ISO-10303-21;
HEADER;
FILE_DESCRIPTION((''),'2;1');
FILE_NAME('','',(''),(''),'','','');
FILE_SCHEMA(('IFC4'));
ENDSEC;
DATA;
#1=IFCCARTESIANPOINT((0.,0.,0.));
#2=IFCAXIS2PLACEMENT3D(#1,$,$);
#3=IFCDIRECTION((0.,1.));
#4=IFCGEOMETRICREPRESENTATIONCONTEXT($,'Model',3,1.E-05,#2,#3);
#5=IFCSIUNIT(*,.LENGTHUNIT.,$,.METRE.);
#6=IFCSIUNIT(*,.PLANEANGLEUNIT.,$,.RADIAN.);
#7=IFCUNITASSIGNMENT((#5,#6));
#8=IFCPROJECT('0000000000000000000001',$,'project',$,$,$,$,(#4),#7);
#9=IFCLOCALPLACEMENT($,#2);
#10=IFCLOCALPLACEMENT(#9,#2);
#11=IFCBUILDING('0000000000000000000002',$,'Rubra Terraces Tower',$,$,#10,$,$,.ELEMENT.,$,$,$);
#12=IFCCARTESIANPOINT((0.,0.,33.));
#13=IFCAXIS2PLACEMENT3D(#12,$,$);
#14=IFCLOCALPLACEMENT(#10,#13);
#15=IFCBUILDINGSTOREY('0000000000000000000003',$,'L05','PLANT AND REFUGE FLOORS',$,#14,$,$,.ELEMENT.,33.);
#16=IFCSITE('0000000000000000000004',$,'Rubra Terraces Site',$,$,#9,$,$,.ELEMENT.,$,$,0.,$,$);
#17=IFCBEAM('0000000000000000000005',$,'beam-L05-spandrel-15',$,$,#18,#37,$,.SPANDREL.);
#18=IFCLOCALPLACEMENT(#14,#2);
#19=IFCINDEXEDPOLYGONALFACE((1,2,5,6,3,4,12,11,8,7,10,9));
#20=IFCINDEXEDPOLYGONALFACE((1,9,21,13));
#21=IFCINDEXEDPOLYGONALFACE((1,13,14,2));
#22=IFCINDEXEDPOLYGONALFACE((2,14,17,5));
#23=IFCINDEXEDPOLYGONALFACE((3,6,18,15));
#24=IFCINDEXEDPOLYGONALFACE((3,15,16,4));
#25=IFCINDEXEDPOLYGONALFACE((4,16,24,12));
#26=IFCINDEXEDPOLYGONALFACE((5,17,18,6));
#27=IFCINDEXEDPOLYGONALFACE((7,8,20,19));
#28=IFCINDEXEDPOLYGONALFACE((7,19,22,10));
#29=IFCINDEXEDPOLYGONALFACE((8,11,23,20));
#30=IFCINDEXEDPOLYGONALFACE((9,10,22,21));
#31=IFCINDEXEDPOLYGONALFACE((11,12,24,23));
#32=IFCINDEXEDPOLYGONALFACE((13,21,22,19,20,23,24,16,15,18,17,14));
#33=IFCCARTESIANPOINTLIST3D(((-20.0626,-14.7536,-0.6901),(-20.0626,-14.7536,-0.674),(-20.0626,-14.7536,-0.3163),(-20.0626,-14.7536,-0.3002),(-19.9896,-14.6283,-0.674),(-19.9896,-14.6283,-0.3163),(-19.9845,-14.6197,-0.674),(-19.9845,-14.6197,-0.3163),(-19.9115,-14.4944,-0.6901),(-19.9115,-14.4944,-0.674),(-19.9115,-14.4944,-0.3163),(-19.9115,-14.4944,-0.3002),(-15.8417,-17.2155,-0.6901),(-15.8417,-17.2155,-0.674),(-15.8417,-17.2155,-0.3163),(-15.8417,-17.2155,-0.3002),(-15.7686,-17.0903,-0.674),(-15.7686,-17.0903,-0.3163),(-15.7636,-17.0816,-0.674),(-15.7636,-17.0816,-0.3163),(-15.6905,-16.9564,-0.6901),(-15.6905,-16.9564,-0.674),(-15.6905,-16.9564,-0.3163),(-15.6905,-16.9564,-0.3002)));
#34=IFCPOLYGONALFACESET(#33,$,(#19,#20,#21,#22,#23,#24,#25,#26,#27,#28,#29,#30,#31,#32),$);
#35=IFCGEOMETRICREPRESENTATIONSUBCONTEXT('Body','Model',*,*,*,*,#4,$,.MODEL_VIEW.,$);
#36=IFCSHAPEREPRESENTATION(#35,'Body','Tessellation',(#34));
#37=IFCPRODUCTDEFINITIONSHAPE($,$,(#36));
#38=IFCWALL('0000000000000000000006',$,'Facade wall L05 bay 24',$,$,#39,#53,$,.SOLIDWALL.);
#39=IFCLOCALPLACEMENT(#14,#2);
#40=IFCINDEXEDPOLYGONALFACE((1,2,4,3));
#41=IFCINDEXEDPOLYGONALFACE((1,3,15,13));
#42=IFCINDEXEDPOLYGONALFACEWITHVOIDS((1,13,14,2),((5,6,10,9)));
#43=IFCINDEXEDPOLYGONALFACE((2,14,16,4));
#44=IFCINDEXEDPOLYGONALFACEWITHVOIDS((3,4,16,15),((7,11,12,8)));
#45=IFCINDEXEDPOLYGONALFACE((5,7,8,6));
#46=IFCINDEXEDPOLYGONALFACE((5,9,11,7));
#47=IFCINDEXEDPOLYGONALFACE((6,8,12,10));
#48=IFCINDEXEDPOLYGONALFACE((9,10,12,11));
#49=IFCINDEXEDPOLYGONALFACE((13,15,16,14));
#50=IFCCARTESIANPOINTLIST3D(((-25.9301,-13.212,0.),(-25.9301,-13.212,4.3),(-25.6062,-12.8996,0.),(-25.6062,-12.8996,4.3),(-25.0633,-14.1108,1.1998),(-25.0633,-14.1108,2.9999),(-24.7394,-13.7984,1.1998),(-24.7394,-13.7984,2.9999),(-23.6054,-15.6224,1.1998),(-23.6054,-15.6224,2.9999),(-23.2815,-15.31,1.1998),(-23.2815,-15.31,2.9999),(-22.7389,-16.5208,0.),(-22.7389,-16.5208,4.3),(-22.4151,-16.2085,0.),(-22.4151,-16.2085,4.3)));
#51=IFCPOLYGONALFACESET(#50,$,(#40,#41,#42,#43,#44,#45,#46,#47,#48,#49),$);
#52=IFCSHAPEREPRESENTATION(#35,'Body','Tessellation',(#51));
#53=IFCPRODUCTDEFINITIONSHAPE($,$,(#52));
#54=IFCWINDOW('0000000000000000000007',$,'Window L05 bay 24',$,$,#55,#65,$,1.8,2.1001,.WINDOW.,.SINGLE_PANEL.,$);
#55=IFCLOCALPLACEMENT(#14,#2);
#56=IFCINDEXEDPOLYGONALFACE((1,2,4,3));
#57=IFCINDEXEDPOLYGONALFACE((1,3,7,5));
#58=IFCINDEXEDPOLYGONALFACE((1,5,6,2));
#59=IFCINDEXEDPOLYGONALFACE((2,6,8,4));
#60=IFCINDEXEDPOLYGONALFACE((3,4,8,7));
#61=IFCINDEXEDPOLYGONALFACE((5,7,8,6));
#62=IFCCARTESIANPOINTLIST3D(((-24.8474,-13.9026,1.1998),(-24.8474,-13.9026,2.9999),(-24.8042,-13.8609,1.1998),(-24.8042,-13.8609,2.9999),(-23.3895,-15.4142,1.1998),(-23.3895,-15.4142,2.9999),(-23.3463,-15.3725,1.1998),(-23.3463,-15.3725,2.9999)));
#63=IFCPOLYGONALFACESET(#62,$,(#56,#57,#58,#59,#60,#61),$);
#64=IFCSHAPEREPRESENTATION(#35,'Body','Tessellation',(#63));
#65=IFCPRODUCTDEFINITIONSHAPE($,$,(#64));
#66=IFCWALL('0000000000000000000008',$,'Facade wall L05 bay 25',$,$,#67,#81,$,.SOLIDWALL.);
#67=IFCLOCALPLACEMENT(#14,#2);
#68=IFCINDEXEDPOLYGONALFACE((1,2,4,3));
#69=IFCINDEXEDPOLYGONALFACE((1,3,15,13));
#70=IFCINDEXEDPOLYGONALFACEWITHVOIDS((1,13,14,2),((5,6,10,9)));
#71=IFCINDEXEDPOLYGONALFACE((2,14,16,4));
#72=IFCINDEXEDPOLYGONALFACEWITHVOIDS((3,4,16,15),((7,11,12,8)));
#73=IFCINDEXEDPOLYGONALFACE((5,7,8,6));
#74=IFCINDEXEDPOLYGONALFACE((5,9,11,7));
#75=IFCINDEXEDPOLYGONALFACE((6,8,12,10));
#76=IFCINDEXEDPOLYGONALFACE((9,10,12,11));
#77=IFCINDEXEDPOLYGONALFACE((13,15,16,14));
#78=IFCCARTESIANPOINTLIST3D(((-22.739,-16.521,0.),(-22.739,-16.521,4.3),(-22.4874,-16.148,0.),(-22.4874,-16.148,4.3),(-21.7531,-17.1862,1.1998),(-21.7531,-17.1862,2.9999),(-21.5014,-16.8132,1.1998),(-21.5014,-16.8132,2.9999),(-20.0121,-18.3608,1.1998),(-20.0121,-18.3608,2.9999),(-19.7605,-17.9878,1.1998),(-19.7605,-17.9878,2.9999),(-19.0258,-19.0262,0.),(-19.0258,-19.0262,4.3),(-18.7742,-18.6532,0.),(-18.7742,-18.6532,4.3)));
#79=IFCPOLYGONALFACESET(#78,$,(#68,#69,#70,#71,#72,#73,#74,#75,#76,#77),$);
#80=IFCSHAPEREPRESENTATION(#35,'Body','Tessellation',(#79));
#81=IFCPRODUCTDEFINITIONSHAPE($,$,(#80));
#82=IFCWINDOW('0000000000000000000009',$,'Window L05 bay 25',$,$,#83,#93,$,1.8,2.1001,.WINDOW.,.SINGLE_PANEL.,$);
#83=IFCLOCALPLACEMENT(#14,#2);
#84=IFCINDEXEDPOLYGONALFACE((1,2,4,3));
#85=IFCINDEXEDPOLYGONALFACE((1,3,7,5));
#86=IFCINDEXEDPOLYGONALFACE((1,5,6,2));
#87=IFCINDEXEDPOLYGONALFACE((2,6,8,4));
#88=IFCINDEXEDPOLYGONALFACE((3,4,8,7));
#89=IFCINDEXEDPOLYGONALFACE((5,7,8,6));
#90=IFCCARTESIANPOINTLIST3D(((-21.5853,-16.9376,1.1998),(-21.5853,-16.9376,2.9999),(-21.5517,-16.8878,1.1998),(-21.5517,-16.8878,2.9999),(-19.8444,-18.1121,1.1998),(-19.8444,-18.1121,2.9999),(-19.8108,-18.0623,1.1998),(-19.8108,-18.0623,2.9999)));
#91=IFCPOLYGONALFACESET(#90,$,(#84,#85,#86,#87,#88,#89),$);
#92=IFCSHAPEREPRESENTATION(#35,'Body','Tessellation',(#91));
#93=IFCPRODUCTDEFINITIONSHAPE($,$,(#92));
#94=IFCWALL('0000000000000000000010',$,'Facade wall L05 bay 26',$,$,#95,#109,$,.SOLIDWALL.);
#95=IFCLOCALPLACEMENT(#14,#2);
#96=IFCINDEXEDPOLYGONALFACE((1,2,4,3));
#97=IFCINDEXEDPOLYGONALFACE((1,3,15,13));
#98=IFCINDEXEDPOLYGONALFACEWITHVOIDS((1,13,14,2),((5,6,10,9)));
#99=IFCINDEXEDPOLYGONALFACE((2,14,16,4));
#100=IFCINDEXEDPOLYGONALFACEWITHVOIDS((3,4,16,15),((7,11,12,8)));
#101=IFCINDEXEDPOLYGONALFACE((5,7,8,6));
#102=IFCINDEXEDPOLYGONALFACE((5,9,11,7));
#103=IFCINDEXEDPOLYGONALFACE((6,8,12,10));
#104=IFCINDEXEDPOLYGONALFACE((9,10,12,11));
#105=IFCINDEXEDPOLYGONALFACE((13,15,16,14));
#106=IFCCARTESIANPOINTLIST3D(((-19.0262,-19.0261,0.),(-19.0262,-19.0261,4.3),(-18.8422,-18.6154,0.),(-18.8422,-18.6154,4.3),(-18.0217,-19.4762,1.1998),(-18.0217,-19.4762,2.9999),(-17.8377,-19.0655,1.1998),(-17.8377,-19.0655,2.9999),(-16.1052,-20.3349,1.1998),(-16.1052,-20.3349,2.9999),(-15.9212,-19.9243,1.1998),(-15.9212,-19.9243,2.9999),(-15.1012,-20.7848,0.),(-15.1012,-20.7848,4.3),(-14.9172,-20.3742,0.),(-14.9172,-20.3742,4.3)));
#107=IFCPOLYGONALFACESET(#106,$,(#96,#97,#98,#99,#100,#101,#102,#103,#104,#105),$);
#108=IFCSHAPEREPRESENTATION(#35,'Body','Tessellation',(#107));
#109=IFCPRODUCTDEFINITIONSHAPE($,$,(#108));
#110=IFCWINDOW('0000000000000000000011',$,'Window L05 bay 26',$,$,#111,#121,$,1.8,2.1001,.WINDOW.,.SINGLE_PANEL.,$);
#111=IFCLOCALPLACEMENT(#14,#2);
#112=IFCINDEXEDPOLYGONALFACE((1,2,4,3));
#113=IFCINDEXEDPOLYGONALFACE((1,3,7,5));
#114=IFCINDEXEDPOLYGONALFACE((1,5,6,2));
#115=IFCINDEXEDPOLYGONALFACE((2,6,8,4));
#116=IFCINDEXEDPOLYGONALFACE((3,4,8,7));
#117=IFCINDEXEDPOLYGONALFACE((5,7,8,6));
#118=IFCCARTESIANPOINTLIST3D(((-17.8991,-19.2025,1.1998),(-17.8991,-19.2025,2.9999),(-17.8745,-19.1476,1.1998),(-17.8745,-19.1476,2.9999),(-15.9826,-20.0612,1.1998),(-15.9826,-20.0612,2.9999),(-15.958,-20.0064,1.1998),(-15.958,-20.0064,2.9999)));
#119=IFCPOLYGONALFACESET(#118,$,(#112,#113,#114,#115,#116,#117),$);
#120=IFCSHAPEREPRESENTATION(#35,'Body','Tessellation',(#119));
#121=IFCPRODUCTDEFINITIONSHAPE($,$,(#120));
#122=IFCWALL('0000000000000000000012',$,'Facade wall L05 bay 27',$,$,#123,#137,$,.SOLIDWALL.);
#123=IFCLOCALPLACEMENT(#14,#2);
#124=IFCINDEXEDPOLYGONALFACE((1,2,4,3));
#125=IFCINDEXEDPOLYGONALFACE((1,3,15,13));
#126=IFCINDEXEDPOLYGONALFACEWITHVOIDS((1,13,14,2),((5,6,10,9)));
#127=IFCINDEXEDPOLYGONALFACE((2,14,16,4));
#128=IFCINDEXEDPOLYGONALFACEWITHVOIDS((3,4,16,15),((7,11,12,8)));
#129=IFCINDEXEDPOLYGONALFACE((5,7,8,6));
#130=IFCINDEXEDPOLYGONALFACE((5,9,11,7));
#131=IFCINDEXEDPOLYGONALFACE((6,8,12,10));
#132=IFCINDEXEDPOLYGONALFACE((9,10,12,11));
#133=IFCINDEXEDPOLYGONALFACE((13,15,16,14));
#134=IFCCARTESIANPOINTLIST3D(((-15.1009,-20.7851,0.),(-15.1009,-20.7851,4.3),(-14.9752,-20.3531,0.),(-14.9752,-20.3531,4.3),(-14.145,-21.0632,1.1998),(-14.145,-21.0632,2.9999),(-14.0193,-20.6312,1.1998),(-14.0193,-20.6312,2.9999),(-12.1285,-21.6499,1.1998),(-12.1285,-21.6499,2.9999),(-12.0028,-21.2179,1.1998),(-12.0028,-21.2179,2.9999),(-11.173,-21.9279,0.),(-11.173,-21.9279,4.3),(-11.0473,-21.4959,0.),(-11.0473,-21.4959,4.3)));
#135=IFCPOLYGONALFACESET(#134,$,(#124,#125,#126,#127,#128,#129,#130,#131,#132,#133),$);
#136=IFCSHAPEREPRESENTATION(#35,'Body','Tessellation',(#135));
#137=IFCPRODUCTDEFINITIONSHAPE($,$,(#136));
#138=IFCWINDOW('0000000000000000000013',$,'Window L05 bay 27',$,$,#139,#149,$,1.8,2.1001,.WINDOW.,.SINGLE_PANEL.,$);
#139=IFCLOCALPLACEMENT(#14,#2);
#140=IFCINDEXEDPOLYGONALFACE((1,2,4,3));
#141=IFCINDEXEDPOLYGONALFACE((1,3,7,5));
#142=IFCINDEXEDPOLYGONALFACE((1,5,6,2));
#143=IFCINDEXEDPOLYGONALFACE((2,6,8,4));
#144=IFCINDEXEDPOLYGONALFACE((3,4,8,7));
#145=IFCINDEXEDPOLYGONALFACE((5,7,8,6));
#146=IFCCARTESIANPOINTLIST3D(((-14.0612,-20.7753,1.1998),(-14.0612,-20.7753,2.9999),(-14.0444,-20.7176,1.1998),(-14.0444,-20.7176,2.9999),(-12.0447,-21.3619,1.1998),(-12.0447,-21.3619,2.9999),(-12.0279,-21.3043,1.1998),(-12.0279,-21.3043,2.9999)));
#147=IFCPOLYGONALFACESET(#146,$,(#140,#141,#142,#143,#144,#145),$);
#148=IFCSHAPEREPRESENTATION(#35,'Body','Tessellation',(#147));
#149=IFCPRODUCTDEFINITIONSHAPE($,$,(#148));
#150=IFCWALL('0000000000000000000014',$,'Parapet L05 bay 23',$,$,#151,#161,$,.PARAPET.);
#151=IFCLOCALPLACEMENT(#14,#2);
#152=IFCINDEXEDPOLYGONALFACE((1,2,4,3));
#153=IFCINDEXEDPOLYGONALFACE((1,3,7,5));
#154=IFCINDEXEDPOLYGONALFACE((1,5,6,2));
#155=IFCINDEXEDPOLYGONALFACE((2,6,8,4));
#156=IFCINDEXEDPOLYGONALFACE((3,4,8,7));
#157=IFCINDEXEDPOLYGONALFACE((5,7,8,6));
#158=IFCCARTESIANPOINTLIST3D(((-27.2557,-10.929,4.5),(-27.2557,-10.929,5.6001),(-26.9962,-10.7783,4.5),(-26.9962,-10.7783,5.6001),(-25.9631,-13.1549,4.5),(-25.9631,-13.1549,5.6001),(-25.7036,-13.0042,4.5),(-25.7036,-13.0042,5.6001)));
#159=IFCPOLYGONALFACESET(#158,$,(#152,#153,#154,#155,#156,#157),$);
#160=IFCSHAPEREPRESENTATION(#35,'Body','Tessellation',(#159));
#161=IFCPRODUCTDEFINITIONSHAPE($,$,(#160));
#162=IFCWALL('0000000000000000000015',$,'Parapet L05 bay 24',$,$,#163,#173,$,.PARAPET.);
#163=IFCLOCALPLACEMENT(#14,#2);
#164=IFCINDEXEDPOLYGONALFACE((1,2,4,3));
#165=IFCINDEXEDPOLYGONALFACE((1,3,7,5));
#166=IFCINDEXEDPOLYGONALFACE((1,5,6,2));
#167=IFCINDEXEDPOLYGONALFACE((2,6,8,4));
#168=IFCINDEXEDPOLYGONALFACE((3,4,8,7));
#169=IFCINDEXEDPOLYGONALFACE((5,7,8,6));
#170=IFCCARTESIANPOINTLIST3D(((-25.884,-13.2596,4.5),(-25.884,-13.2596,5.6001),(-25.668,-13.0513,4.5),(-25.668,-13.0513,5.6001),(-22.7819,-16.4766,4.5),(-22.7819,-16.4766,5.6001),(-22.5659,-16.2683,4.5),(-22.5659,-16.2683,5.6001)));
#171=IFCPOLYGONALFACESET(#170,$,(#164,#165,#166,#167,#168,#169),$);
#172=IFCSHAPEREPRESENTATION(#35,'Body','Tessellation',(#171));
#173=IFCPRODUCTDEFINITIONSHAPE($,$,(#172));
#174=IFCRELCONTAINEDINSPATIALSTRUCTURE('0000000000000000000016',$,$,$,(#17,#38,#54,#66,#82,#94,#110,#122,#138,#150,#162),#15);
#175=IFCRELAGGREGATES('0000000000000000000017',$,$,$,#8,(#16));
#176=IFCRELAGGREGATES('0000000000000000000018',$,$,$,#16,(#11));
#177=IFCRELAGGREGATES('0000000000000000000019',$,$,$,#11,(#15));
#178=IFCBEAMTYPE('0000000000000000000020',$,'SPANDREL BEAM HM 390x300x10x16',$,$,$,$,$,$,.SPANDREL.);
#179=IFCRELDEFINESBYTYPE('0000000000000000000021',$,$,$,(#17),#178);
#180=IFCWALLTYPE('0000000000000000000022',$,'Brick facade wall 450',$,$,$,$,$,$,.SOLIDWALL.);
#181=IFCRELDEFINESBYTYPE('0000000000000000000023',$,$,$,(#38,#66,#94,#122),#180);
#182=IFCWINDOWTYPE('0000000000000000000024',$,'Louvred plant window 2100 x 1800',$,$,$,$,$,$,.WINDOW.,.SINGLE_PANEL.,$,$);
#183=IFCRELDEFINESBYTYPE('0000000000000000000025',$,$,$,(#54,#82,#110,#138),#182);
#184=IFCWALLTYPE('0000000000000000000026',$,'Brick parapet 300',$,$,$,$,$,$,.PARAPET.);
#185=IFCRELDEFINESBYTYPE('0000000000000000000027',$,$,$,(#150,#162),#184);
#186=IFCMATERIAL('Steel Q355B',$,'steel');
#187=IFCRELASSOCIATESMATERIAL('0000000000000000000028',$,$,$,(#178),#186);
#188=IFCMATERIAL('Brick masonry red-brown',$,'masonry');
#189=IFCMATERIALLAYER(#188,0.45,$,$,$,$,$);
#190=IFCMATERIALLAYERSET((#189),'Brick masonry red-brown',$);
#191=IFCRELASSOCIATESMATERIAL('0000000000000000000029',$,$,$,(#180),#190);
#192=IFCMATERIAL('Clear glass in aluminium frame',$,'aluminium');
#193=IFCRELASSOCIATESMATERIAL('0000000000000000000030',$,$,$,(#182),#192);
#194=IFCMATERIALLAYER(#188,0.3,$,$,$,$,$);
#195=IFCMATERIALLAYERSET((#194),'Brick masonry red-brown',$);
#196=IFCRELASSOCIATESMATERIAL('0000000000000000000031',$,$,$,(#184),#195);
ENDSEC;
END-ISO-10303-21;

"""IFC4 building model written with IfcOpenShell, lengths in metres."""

from ifc_helpers import new_model, si_unit, direction, frame, frame_2d, origin, origin_2d, place, context, subcontext, project, spatial, rectangle, i_section, extrude, material, layer, layer_set, material_profile, profile_set, type_object, element, fill, save


model = new_model("IFC4")

# Units and contexts
model_context = context("Model", 3, precision=1e-05, world=origin(), true_north=direction((0.0, 1.0)))
body_context = subcontext(model_context, "Body", "Model", "MODEL_VIEW")
ifc_project = project(units=[si_unit("LENGTHUNIT", "METRE"), si_unit("PLANEANGLEUNIT", "RADIAN")], contexts=[model_context])

# Site, building, storey
site_placement = place(None, origin())
site = spatial("IfcSite", under=ifc_project, at=site_placement, Name="Rubra Terraces Site", CompositionType="ELEMENT", RefElevation=0.0)
building_placement = place(site_placement, origin())
building = spatial("IfcBuilding", under=site, at=building_placement, Name="Rubra Terraces Tower", CompositionType="ELEMENT")
storey_placement = place(building_placement, frame((0.0, 0.0, 33.0)))
storey = spatial("IfcBuildingStorey", under=building, at=storey_placement, Name="L05", Description="PLANT AND REFUGE FLOORS", CompositionType="ELEMENT", Elevation=33.0)

# Shared definitions
ifc_material_1 = material(Name="Steel Q355B", Category="steel")

# Beam
ifc_material_profile_1 = material_profile(ifc_material_1, i_section(OverallWidth=0.3, OverallDepth=0.3899, WebThickness=0.01, FlangeThickness=0.0161, at=origin_2d()), Name="HM 390x300x10x16")
ifc_profile_set_1 = profile_set([ifc_material_profile_1], Name="Steel Q355B")
beam_type_1 = type_object("IfcBeamType", Name="SPANDREL BEAM HM 390x300x10x16", PredefinedType="SPANDREL", material=ifc_profile_set_1)
beam_1_placement = place(storey_placement, frame((-19.9871, -14.624, -0.4951), z_axis=(0.863806, -0.503824, 0.0), x_axis=(0.503824, 0.863806, 0.0)))
element("IfcBeam", 1, at=beam_1_placement, inside=storey, type_object=beam_type_1, Name="beam-L05-spandrel-15", PredefinedType="SPANDREL", context=body_context, shape_type="SweptSolid", body=[
    extrude(i_section(OverallWidth=0.3, OverallDepth=0.3899, WebThickness=0.01, FlangeThickness=0.0161, at=origin_2d()), origin(), (0.0, 0.0, 1.0), 4.8865),
])

# Walls, openings, windows
ifc_material_2 = material(Name="Brick masonry red-brown", Category="masonry")
ifc_layer_1 = layer(ifc_material_2, 0.45)
ifc_layer_set_1 = layer_set([ifc_layer_1], Name="Brick masonry red-brown")
wall_type_1 = type_object("IfcWallType", Name="Brick facade wall 450", PredefinedType="SOLIDWALL", material=ifc_layer_set_1)
wall_1_placement = place(storey_placement, frame((-25.7681, -13.0559, 0.0), z_axis=(0.0, 0.0, 1.0), x_axis=(0.694192, -0.71979, 0.0)))
wall_1 = element("IfcWall", 2, at=wall_1_placement, inside=storey, type_object=wall_type_1, Name="Facade wall L05 bay 24", PredefinedType="SOLIDWALL", context=body_context, shape_type="SweptSolid", body=[
    extrude(rectangle(XDim=4.5969, YDim=0.45, at=frame_2d((2.2983, 0.0))), origin(), (0.0, 0.0, 1.0), 4.3),
])
opening_1_placement = place(wall_1_placement, frame((1.2485, 0.0, 1.2)))
opening_1 = element("IfcOpeningElement", 3, at=opening_1_placement, cuts=wall_1, PredefinedType="OPENING", context=body_context, shape_type="SweptSolid", body=[
    extrude(rectangle(XDim=2.1001, YDim=1.8, at=frame_2d((1.05, 0.8999))), frame((0.0, 0.2349, 0.0), z_axis=(0.0, -1.0, 0.0), x_axis=(1.0, 0.0, 0.0)), (0.0, 0.0, 1.0), 0.47),
])
ifc_material_3 = material(Name="Clear glass in aluminium frame", Category="aluminium")
window_type = type_object("IfcWindowType", Name="Louvred plant window 2100 x 1800", PartitioningType="SINGLE_PANEL", PredefinedType="WINDOW", material=ifc_material_3)
window_1_placement = place(opening_1_placement, origin())
window_1 = element("IfcWindow", 4, at=window_1_placement, inside=storey, type_object=window_type, Name="Window L05 bay 24", OverallHeight=1.8, OverallWidth=2.1001, PartitioningType="SINGLE_PANEL", PredefinedType="WINDOW", context=body_context, shape_type="SweptSolid", body=[
    extrude(rectangle(XDim=2.1001, YDim=1.8, at=frame_2d((1.05, 0.8999))), frame((0.0, 0.135, 0.0), z_axis=(0.0, -1.0, 0.0), x_axis=(1.0, 0.0, 0.0)), (0.0, 0.0, 1.0), 0.0601),
])
fill(opening_1, window_1)
wall_2_placement = place(storey_placement, frame((-22.6133, -16.3345, 0.0), z_axis=(0.0, 0.0, 1.0), x_axis=(0.828977, -0.559283, 0.0)))
wall_2 = element("IfcWall", 5, at=wall_2_placement, inside=storey, type_object=wall_type_1, Name="Facade wall L05 bay 25", PredefinedType="SOLIDWALL", context=body_context, shape_type="SweptSolid", body=[
    extrude(rectangle(XDim=4.4792, YDim=0.45, at=frame_2d((2.2397, 0.0))), origin(), (0.0, 0.0, 1.0), 4.3),
])
opening_2_placement = place(wall_2_placement, frame((1.1895, 0.0, 1.2)))
opening_2 = element("IfcOpeningElement", 6, at=opening_2_placement, cuts=wall_2, PredefinedType="OPENING", context=body_context, shape_type="SweptSolid", body=[
    extrude(rectangle(XDim=2.1001, YDim=1.8, at=frame_2d((1.05, 0.8999))), frame((0.0, 0.2349, 0.0), z_axis=(0.0, -1.0, 0.0), x_axis=(1.0, 0.0, 0.0)), (0.0, 0.0, 1.0), 0.47),
])
window_2_placement = place(opening_2_placement, origin())
window_2 = element("IfcWindow", 7, at=window_2_placement, inside=storey, type_object=window_type, Name="Window L05 bay 25", OverallHeight=1.8, OverallWidth=2.1001, PartitioningType="SINGLE_PANEL", PredefinedType="WINDOW", context=body_context, shape_type="SweptSolid", body=[
    extrude(rectangle(XDim=2.1001, YDim=1.8, at=frame_2d((1.05, 0.8999))), frame((0.0, 0.135, 0.0), z_axis=(0.0, -1.0, 0.0), x_axis=(1.0, 0.0, 0.0)), (0.0, 0.0, 1.0), 0.0601),
])
fill(opening_2, window_2)
wall_3_placement = place(storey_placement, frame((-18.9341, -18.8208, 0.0), z_axis=(0.0, 0.0, 1.0), x_axis=(0.912571, -0.408917, 0.0)))
wall_3 = element("IfcWall", 8, at=wall_3_placement, inside=storey, type_object=wall_type_1, Name="Facade wall L05 bay 26", PredefinedType="SOLIDWALL", context=body_context, shape_type="SweptSolid", body=[
    extrude(rectangle(XDim=4.301, YDim=0.45, at=frame_2d((2.1504, 0.0))), origin(), (0.0, 0.0, 1.0), 4.3),
])
opening_3_placement = place(wall_3_placement, frame((1.1006, 0.0, 1.2)))
opening_3 = element("IfcOpeningElement", 9, at=opening_3_placement, cuts=wall_3, PredefinedType="OPENING", context=body_context, shape_type="SweptSolid", body=[
    extrude(rectangle(XDim=2.1001, YDim=1.8, at=frame_2d((1.05, 0.8999))), frame((0.0, 0.2349, 0.0), z_axis=(0.0, -1.0, 0.0), x_axis=(1.0, 0.0, 0.0)), (0.0, 0.0, 1.0), 0.47),
])
window_3_placement = place(opening_3_placement, origin())
window_3 = element("IfcWindow", 10, at=window_3_placement, inside=storey, type_object=window_type, Name="Window L05 bay 26", OverallHeight=1.8, OverallWidth=2.1001, PartitioningType="SINGLE_PANEL", PredefinedType="WINDOW", context=body_context, shape_type="SweptSolid", body=[
    extrude(rectangle(XDim=2.1001, YDim=1.8, at=frame_2d((1.05, 0.8999))), frame((0.0, 0.135, 0.0), z_axis=(0.0, -1.0, 0.0), x_axis=(1.0, 0.0, 0.0)), (0.0, 0.0, 1.0), 0.0601),
])
fill(opening_3, window_3)
wall_4_placement = place(storey_placement, frame((-15.0381, -20.5691, 0.0), z_axis=(0.0, 0.0, 1.0), x_axis=(0.960186, -0.279361, 0.0)))
wall_4 = element("IfcWall", 11, at=wall_4_placement, inside=storey, type_object=wall_type_1, Name="Facade wall L05 bay 27", PredefinedType="SOLIDWALL", context=body_context, shape_type="SweptSolid", body=[
    extrude(rectangle(XDim=4.0908, YDim=0.45, at=frame_2d((2.0454, 0.0))), origin(), (0.0, 0.0, 1.0), 4.3),
])
opening_4_placement = place(wall_4_placement, frame((0.9956, 0.0, 1.2)))
opening_4 = element("IfcOpeningElement", 12, at=opening_4_placement, cuts=wall_4, PredefinedType="OPENING", context=body_context, shape_type="SweptSolid", body=[
    extrude(rectangle(XDim=2.1001, YDim=1.8, at=frame_2d((1.05, 0.8999))), frame((0.0, 0.2349, 0.0), z_axis=(0.0, -1.0, 0.0), x_axis=(1.0, 0.0, 0.0)), (0.0, 0.0, 1.0), 0.47),
])
window_4_placement = place(opening_4_placement, origin())
window_4 = element("IfcWindow", 13, at=window_4_placement, inside=storey, type_object=window_type, Name="Window L05 bay 27", OverallHeight=1.8, OverallWidth=2.1001, PartitioningType="SINGLE_PANEL", PredefinedType="WINDOW", context=body_context, shape_type="SweptSolid", body=[
    extrude(rectangle(XDim=2.1001, YDim=1.8, at=frame_2d((1.05, 0.8999))), frame((0.0, 0.135, 0.0), z_axis=(0.0, -1.0, 0.0), x_axis=(1.0, 0.0, 0.0)), (0.0, 0.0, 1.0), 0.0601),
])
fill(opening_4, window_4)

# Walls
ifc_layer_2 = layer(ifc_material_2, 0.3)
ifc_layer_set_2 = layer_set([ifc_layer_2], Name="Brick masonry red-brown")
wall_type_2 = type_object("IfcWallType", Name="Brick parapet 300", PredefinedType="PARAPET", material=ifc_layer_set_2)
wall_5_placement = place(storey_placement, frame((-27.126, -10.8535, 4.5), z_axis=(0.0, 0.0, 1.0), x_axis=(0.502154, -0.864778, 0.0)))
element("IfcWall", 14, at=wall_5_placement, inside=storey, type_object=wall_type_2, Name="Parapet L05 bay 23", PredefinedType="PARAPET", context=body_context, shape_type="SweptSolid", body=[
    extrude(rectangle(XDim=2.574, YDim=0.3, at=frame_2d((1.2871, 0.0))), origin(), (0.0, 0.0, 1.0), 1.1001),
])
wall_6_placement = place(storey_placement, frame((-25.7759, -13.1555, 4.5), z_axis=(0.0, 0.0, 1.0), x_axis=(0.694124, -0.719855, 0.0)))
element("IfcWall", 15, at=wall_6_placement, inside=storey, type_object=wall_type_2, Name="Parapet L05 bay 24", PredefinedType="PARAPET", context=body_context, shape_type="SweptSolid", body=[
    extrude(rectangle(XDim=4.469, YDim=0.3, at=frame_2d((2.2344, 0.0))), origin(), (0.0, 0.0, 1.0), 1.1001),
])

save(model, "model.ifc")
